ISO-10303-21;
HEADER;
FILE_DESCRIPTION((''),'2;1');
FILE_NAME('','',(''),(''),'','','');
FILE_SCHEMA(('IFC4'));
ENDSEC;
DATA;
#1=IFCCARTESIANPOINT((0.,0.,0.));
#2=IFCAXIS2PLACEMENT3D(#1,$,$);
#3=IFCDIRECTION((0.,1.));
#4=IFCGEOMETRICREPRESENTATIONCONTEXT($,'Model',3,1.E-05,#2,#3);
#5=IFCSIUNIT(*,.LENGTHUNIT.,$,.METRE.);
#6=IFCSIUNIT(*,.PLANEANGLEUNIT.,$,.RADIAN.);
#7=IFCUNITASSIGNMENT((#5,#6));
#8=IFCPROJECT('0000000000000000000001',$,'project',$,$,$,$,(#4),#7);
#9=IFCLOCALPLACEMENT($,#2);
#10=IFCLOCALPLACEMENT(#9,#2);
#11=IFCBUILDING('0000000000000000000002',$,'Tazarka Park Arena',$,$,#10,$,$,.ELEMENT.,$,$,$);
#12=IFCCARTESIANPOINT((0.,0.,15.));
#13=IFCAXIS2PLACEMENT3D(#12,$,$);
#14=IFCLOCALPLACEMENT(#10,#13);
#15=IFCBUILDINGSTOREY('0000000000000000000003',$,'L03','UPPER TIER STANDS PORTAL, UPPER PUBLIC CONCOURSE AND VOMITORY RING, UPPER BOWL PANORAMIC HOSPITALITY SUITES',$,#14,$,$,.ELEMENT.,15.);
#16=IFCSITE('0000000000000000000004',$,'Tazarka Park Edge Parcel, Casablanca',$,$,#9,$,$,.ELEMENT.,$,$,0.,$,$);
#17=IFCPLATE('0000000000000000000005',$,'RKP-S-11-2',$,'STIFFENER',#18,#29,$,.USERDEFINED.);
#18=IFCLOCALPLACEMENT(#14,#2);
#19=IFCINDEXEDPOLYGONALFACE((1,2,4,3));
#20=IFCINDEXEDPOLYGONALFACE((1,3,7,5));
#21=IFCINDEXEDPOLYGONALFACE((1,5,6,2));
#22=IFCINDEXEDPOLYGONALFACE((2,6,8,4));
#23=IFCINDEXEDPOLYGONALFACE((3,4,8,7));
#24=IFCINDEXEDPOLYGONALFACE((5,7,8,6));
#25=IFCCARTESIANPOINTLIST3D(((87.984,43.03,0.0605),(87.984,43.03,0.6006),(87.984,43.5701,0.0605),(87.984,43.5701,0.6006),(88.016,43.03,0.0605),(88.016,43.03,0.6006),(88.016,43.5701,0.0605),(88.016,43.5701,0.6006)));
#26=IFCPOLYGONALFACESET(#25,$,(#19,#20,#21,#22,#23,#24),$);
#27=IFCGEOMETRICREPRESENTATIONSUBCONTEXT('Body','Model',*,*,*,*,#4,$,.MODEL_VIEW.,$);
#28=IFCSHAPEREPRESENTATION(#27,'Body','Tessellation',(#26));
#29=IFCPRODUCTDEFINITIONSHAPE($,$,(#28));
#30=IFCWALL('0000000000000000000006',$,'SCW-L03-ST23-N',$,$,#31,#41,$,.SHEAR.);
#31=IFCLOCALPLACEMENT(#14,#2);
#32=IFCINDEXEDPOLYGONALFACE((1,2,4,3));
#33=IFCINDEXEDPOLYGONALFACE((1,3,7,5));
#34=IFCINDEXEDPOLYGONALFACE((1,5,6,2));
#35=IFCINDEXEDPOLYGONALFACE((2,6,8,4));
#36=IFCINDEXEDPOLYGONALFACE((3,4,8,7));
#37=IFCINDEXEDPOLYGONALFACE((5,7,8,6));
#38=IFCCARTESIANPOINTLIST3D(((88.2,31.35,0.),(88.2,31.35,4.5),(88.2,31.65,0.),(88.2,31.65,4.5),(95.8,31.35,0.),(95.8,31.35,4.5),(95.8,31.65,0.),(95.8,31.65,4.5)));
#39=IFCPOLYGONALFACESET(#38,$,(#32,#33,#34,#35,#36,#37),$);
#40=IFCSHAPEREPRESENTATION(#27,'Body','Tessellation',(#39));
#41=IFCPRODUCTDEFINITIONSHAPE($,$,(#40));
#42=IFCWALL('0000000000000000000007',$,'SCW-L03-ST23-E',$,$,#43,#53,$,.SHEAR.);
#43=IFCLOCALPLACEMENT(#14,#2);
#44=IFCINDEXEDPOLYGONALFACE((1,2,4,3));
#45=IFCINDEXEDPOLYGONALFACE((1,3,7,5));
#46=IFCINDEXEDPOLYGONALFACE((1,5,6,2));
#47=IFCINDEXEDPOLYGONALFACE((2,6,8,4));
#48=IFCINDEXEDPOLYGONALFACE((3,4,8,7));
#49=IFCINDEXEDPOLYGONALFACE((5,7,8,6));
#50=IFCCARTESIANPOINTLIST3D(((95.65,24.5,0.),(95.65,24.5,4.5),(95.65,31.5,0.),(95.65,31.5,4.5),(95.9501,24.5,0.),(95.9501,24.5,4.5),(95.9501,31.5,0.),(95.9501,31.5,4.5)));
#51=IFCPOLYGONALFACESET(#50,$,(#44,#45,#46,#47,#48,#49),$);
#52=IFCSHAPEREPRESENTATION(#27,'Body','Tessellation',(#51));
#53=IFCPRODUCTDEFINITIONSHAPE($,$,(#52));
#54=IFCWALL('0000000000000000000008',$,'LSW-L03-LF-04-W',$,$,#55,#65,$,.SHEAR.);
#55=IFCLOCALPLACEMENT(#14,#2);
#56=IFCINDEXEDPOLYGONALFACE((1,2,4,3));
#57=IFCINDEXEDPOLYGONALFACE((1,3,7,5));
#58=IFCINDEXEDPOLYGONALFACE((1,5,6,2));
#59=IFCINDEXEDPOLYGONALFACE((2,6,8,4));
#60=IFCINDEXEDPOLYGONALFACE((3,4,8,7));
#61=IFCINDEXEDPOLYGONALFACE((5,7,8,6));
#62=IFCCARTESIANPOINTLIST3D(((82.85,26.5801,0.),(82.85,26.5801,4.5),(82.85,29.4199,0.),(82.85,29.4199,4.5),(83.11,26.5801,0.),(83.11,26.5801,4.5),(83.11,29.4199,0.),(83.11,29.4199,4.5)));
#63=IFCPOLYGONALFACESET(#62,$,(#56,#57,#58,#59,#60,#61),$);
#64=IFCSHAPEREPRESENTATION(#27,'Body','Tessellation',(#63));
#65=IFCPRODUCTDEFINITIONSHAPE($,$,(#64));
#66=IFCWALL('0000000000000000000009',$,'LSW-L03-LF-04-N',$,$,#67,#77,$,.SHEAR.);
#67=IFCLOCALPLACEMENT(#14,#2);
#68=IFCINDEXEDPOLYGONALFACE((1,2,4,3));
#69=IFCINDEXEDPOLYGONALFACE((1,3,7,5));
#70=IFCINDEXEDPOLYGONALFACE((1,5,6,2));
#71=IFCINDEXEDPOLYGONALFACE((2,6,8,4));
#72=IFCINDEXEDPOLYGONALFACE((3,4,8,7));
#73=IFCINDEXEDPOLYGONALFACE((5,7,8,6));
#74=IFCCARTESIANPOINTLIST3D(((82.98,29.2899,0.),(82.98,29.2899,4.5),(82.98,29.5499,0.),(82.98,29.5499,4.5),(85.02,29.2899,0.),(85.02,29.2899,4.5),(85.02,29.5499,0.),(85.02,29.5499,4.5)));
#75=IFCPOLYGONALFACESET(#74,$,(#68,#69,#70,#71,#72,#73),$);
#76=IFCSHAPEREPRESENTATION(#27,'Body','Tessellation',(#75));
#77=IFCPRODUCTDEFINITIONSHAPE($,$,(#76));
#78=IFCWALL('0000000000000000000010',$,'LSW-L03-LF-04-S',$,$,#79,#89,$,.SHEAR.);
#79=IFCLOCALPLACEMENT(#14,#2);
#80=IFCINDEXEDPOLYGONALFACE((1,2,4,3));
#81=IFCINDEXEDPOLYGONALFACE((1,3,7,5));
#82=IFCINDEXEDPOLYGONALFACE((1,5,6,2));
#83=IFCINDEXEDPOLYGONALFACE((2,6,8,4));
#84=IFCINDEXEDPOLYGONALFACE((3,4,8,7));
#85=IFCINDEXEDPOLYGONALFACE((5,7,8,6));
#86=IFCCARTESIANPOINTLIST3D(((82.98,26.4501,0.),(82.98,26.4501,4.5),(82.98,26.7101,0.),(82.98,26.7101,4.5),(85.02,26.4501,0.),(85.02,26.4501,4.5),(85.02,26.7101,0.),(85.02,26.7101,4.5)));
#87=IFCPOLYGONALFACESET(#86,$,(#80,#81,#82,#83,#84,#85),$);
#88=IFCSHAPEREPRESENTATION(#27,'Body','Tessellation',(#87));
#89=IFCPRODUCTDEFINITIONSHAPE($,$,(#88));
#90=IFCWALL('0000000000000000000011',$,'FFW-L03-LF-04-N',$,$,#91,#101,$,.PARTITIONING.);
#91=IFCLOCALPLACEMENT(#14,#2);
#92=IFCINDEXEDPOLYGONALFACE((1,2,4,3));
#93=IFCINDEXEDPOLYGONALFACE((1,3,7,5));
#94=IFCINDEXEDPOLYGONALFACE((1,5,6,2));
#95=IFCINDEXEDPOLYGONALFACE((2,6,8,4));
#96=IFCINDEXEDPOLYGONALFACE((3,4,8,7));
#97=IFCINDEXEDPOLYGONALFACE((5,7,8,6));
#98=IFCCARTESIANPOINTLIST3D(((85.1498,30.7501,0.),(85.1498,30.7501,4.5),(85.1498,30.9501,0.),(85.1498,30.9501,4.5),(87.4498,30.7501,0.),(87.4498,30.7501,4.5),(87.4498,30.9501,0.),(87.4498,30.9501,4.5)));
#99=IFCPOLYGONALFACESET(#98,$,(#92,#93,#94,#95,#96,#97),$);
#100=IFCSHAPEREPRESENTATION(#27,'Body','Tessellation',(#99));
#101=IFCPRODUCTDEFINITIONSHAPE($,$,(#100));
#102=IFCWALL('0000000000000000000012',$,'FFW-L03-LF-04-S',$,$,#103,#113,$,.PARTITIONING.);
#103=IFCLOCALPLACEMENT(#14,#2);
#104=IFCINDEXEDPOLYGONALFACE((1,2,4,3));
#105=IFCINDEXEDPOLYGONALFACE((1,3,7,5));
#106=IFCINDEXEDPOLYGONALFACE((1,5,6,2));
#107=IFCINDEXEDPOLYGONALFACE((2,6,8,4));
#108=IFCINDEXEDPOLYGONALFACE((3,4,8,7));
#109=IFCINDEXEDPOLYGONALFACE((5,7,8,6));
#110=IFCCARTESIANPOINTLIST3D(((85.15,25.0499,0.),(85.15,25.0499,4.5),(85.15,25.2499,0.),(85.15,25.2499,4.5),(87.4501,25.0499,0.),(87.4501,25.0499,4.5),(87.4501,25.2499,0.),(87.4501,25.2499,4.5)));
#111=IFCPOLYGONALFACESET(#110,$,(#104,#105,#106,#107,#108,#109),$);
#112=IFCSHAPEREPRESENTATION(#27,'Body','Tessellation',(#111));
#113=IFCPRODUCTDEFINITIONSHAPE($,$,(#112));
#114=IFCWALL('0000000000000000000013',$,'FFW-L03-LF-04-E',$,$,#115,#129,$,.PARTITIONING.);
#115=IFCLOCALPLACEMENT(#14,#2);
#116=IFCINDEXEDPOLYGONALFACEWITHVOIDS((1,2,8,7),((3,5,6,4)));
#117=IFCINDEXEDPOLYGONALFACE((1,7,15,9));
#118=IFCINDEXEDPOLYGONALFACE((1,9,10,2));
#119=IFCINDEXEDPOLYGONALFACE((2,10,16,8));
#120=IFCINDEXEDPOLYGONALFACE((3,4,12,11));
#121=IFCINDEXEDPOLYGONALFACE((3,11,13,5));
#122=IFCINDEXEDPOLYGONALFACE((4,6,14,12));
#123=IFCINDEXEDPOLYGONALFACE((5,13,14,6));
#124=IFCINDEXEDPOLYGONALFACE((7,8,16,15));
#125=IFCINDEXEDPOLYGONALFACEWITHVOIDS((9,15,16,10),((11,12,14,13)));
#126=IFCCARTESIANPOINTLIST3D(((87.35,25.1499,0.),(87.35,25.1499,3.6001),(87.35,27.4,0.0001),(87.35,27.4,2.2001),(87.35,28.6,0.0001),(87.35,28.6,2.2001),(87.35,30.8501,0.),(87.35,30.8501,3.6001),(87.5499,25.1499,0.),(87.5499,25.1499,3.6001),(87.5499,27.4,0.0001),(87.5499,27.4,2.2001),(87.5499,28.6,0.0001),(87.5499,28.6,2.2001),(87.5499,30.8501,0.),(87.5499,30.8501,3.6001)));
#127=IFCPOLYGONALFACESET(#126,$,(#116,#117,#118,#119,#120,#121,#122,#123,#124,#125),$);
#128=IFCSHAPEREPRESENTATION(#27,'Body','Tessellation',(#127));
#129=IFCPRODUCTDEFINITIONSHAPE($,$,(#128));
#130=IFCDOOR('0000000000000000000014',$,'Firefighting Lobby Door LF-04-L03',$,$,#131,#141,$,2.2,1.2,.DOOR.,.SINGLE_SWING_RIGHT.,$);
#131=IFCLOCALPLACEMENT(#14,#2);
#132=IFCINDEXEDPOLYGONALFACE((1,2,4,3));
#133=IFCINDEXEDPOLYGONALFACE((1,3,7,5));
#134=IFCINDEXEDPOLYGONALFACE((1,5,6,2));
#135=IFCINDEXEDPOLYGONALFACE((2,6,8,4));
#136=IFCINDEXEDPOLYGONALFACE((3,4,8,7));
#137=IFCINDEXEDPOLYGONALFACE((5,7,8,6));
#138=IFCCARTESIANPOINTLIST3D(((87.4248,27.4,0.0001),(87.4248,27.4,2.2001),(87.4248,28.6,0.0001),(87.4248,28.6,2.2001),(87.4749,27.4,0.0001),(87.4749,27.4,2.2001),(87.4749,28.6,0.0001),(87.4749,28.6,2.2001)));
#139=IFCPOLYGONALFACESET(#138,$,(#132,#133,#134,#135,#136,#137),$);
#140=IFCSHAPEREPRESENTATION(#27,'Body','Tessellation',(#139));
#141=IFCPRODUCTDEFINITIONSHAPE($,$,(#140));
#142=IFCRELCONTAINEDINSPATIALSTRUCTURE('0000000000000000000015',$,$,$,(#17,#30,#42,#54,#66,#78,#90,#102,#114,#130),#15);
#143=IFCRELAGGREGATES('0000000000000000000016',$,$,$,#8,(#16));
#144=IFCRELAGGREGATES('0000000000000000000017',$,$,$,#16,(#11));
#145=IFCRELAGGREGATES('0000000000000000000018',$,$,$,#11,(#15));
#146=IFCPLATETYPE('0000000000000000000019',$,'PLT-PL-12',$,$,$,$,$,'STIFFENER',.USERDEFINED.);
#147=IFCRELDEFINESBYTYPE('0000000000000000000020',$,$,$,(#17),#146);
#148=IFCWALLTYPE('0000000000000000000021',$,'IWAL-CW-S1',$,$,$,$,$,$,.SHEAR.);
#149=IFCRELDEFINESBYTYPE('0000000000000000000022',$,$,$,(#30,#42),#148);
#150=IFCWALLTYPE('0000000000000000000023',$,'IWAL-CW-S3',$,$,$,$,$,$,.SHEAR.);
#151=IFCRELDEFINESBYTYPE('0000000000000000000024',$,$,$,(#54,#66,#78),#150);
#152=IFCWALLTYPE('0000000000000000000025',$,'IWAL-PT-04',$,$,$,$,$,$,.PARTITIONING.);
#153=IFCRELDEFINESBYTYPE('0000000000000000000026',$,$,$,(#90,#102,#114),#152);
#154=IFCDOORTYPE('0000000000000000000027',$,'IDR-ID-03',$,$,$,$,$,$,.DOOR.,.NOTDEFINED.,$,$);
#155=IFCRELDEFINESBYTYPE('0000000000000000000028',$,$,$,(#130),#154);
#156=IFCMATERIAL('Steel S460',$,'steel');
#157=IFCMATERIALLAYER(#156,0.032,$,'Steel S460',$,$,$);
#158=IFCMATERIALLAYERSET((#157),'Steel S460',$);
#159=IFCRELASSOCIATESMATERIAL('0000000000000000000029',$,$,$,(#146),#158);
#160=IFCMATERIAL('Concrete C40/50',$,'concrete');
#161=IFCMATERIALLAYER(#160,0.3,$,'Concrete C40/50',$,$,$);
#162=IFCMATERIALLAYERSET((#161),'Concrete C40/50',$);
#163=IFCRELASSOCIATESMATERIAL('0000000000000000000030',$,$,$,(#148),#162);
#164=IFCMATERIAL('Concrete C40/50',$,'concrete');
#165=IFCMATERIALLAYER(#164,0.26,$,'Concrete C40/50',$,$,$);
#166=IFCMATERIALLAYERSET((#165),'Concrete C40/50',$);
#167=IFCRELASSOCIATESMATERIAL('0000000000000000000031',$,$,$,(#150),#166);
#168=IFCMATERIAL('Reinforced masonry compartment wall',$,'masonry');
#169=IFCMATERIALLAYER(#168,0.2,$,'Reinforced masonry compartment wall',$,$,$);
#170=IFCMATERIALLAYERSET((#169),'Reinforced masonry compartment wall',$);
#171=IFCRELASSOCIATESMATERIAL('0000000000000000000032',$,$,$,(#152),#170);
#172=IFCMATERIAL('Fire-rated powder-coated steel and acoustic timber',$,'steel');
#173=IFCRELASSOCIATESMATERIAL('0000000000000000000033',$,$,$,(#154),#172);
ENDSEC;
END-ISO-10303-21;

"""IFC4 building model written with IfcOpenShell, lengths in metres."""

from ifc_helpers import new_model, si_unit, direction, frame, frame_2d, origin, origin_2d, place, context, subcontext, project, spatial, rectangle, extrude, material, layer, layer_set, type_object, element, fill, save


model = new_model("IFC4")

# Units and contexts
model_context = context("Model", 3, precision=1e-05, world=origin(), true_north=direction((0.0, 1.0)))
body_context = subcontext(model_context, "Body", "Model", "MODEL_VIEW")
ifc_project = project(units=[si_unit("LENGTHUNIT", "METRE"), si_unit("PLANEANGLEUNIT", "RADIAN")], contexts=[model_context])

# Site, building, storey
site_placement = place(None, origin())
site = spatial("IfcSite", under=ifc_project, at=site_placement, Name="Tazarka Park Edge Parcel, Casablanca", CompositionType="ELEMENT", RefElevation=0.0)
building_placement = place(site_placement, origin())
building = spatial("IfcBuilding", under=site, at=building_placement, Name="Tazarka Park Arena", CompositionType="ELEMENT")
storey_placement = place(building_placement, frame((0.0, 0.0, 15.0)))
storey = spatial("IfcBuildingStorey", under=building, at=storey_placement, Name="L03", Description="UPPER TIER STANDS PORTAL, UPPER PUBLIC CONCOURSE AND VOMITORY RING, UPPER BOWL PANORAMIC HOSPITALITY SUITES", CompositionType="ELEMENT", Elevation=15.0)

# Plate
ifc_material_1 = material(Name="Steel S460", Category="steel")
ifc_layer_1 = layer(ifc_material_1, 0.032, Name="Steel S460")
ifc_layer_set_1 = layer_set([ifc_layer_1], Name="Steel S460")
plate_type = type_object("IfcPlateType", Name="PLT-PL-12", ElementType="STIFFENER", PredefinedType="USERDEFINED", material=ifc_layer_set_1)
plate_placement = place(storey_placement, frame((88.0, 43.3, 0.0605), z_axis=(0.0, 0.0, 1.0), x_axis=(1.0, 0.0, 0.0)))
element("IfcPlate", 1, at=plate_placement, inside=storey, type_object=plate_type, Name="RKP-S-11-2", ObjectType="STIFFENER", PredefinedType="USERDEFINED", context=body_context, shape_type="SweptSolid", body=[
    extrude(rectangle(XDim=0.032, YDim=0.54, at=origin_2d()), origin(), (0.0, 0.0, 1.0), 0.54),
])

# Walls
ifc_material_2 = material(Name="Concrete C40/50", Category="concrete")
ifc_layer_2 = layer(ifc_material_2, 0.3, Name="Concrete C40/50")
ifc_layer_set_2 = layer_set([ifc_layer_2], Name="Concrete C40/50")
wall_type_1 = type_object("IfcWallType", Name="IWAL-CW-S1", PredefinedType="SHEAR", material=ifc_layer_set_2)
wall_1_placement = place(storey_placement, frame((88.2, 31.5, 0.0), z_axis=(0.0, 0.0, 1.0), x_axis=(1.0, 0.0, 0.0)))
element("IfcWall", 2, at=wall_1_placement, inside=storey, type_object=wall_type_1, Name="SCW-L03-ST23-N", PredefinedType="SHEAR", context=body_context, shape_type="SweptSolid", body=[
    extrude(rectangle(XDim=7.6001, YDim=0.3, at=frame_2d((3.8, 0.0))), origin(), (0.0, 0.0, 1.0), 4.5),
])
wall_2_placement = place(storey_placement, frame((95.8, 31.5, 0.0), z_axis=(0.0, 0.0, 1.0), x_axis=(0.0, -1.0, 0.0)))
element("IfcWall", 3, at=wall_2_placement, inside=storey, type_object=wall_type_1, Name="SCW-L03-ST23-E", PredefinedType="SHEAR", context=body_context, shape_type="SweptSolid", body=[
    extrude(rectangle(XDim=7.0, YDim=0.3, at=frame_2d((3.5, 0.0))), origin(), (0.0, 0.0, 1.0), 4.5),
])
ifc_material_3 = material(Name="Concrete C40/50", Category="concrete")
ifc_layer_3 = layer(ifc_material_3, 0.26, Name="Concrete C40/50")
ifc_layer_set_3 = layer_set([ifc_layer_3], Name="Concrete C40/50")
wall_type_2 = type_object("IfcWallType", Name="IWAL-CW-S3", PredefinedType="SHEAR", material=ifc_layer_set_3)
wall_3_placement = place(storey_placement, frame((82.98, 26.5801, 0.0), z_axis=(0.0, 0.0, 1.0), x_axis=(0.0, 1.0, 0.0)))
element("IfcWall", 4, at=wall_3_placement, inside=storey, type_object=wall_type_2, Name="LSW-L03-LF-04-W", PredefinedType="SHEAR", context=body_context, shape_type="SweptSolid", body=[
    extrude(rectangle(XDim=2.8398, YDim=0.26, at=frame_2d((1.4199, 0.0))), origin(), (0.0, 0.0, 1.0), 4.5),
])
for number, where, z_axis, x_axis, name in (
    (5, (82.98, 29.4199, 0.0), (0.0, 0.0, 1.0), (1.0, 0.0, 0.0), "LSW-L03-LF-04-N"),
    (6, (85.02, 26.5801, 0.0), (0.0, 0.0, 1.0), (-1.0, 0.0, 0.0), "LSW-L03-LF-04-S"),
):
    element("IfcWall", number, at=place(storey_placement, frame(where, z_axis=z_axis, x_axis=x_axis)), inside=storey, type_object=wall_type_2, Name=name, PredefinedType="SHEAR", context=body_context, shape_type="SweptSolid", body=[
        extrude(rectangle(XDim=2.04, YDim=0.26, at=frame_2d((1.02, 0.0))), origin(), (0.0, 0.0, 1.0), 4.5),
    ])

# Walls
ifc_material_4 = material(Name="Reinforced masonry compartment wall", Category="masonry")
ifc_layer_4 = layer(ifc_material_4, 0.2, Name="Reinforced masonry compartment wall")
ifc_layer_set_4 = layer_set([ifc_layer_4], Name="Reinforced masonry compartment wall")
wall_type_3 = type_object("IfcWallType", Name="IWAL-PT-04", PredefinedType="PARTITIONING", material=ifc_layer_set_4)
for number, where, z_axis, x_axis, name in (
    (7, (85.1499, 30.8501, 0.0), (0.0, 0.0, 1.0), (1.0, 0.0, 0.0), "FFW-L03-LF-04-N"),
    (8, (87.45, 25.1499, 0.0), (0.0, 0.0, 1.0), (-1.0, 0.0, 0.0), "FFW-L03-LF-04-S"),
):
    element("IfcWall", number, at=place(storey_placement, frame(where, z_axis=z_axis, x_axis=x_axis)), inside=storey, type_object=wall_type_3, Name=name, PredefinedType="PARTITIONING", context=body_context, shape_type="SweptSolid", body=[
        extrude(rectangle(XDim=2.3, YDim=0.2, at=frame_2d((1.1499, 0.0))), origin(), (0.0, 0.0, 1.0), 4.5),
    ])

# Wall, opening, door
wall_4_placement = place(storey_placement, frame((87.45, 30.8501, 0.0), z_axis=(0.0, 0.0, 1.0), x_axis=(0.0, -1.0, 0.0)))
wall_4 = element("IfcWall", 9, at=wall_4_placement, inside=storey, type_object=wall_type_3, Name="FFW-L03-LF-04-E", PredefinedType="PARTITIONING", context=body_context, shape_type="SweptSolid", body=[
    extrude(rectangle(XDim=5.7002, YDim=0.2, at=frame_2d((2.8501, 0.0))), origin(), (0.0, 0.0, 1.0), 3.6001),
])
opening_1_placement = place(wall_4_placement, frame((2.25, 0.0, 0.0)))
opening_1 = element("IfcOpeningElement", 10, at=opening_1_placement, cuts=wall_4, PredefinedType="OPENING", context=body_context, shape_type="SweptSolid", body=[
    extrude(rectangle(XDim=1.2, YDim=2.2, at=frame_2d((0.6001, 1.1001))), frame((0.0, 0.1099, 0.0), z_axis=(0.0, -1.0, 0.0), x_axis=(1.0, 0.0, 0.0)), (0.0, 0.0, 1.0), 0.22),
])
ifc_material_5 = material(Name="Fire-rated powder-coated steel and acoustic timber", Category="steel")
door_type_1 = type_object("IfcDoorType", Name="IDR-ID-03", OperationType="NOTDEFINED", PredefinedType="DOOR", material=ifc_material_5)
door_1_placement = place(opening_1_placement, origin())
door_1 = element("IfcDoor", 11, at=door_1_placement, inside=storey, type_object=door_type_1, Name="Firefighting Lobby Door LF-04-L03", OperationType="SINGLE_SWING_RIGHT", OverallHeight=2.2, OverallWidth=1.2, PredefinedType="DOOR", context=body_context, shape_type="SweptSolid", body=[
    extrude(rectangle(XDim=1.2, YDim=2.2, at=frame_2d((0.6001, 1.1001))), frame((0.0, 0.0249, 0.0), z_axis=(0.0, -1.0, 0.0), x_axis=(1.0, 0.0, 0.0)), (0.0, 0.0, 1.0), 0.05),
])
fill(opening_1, door_1)

save(model, "model.ifc")
